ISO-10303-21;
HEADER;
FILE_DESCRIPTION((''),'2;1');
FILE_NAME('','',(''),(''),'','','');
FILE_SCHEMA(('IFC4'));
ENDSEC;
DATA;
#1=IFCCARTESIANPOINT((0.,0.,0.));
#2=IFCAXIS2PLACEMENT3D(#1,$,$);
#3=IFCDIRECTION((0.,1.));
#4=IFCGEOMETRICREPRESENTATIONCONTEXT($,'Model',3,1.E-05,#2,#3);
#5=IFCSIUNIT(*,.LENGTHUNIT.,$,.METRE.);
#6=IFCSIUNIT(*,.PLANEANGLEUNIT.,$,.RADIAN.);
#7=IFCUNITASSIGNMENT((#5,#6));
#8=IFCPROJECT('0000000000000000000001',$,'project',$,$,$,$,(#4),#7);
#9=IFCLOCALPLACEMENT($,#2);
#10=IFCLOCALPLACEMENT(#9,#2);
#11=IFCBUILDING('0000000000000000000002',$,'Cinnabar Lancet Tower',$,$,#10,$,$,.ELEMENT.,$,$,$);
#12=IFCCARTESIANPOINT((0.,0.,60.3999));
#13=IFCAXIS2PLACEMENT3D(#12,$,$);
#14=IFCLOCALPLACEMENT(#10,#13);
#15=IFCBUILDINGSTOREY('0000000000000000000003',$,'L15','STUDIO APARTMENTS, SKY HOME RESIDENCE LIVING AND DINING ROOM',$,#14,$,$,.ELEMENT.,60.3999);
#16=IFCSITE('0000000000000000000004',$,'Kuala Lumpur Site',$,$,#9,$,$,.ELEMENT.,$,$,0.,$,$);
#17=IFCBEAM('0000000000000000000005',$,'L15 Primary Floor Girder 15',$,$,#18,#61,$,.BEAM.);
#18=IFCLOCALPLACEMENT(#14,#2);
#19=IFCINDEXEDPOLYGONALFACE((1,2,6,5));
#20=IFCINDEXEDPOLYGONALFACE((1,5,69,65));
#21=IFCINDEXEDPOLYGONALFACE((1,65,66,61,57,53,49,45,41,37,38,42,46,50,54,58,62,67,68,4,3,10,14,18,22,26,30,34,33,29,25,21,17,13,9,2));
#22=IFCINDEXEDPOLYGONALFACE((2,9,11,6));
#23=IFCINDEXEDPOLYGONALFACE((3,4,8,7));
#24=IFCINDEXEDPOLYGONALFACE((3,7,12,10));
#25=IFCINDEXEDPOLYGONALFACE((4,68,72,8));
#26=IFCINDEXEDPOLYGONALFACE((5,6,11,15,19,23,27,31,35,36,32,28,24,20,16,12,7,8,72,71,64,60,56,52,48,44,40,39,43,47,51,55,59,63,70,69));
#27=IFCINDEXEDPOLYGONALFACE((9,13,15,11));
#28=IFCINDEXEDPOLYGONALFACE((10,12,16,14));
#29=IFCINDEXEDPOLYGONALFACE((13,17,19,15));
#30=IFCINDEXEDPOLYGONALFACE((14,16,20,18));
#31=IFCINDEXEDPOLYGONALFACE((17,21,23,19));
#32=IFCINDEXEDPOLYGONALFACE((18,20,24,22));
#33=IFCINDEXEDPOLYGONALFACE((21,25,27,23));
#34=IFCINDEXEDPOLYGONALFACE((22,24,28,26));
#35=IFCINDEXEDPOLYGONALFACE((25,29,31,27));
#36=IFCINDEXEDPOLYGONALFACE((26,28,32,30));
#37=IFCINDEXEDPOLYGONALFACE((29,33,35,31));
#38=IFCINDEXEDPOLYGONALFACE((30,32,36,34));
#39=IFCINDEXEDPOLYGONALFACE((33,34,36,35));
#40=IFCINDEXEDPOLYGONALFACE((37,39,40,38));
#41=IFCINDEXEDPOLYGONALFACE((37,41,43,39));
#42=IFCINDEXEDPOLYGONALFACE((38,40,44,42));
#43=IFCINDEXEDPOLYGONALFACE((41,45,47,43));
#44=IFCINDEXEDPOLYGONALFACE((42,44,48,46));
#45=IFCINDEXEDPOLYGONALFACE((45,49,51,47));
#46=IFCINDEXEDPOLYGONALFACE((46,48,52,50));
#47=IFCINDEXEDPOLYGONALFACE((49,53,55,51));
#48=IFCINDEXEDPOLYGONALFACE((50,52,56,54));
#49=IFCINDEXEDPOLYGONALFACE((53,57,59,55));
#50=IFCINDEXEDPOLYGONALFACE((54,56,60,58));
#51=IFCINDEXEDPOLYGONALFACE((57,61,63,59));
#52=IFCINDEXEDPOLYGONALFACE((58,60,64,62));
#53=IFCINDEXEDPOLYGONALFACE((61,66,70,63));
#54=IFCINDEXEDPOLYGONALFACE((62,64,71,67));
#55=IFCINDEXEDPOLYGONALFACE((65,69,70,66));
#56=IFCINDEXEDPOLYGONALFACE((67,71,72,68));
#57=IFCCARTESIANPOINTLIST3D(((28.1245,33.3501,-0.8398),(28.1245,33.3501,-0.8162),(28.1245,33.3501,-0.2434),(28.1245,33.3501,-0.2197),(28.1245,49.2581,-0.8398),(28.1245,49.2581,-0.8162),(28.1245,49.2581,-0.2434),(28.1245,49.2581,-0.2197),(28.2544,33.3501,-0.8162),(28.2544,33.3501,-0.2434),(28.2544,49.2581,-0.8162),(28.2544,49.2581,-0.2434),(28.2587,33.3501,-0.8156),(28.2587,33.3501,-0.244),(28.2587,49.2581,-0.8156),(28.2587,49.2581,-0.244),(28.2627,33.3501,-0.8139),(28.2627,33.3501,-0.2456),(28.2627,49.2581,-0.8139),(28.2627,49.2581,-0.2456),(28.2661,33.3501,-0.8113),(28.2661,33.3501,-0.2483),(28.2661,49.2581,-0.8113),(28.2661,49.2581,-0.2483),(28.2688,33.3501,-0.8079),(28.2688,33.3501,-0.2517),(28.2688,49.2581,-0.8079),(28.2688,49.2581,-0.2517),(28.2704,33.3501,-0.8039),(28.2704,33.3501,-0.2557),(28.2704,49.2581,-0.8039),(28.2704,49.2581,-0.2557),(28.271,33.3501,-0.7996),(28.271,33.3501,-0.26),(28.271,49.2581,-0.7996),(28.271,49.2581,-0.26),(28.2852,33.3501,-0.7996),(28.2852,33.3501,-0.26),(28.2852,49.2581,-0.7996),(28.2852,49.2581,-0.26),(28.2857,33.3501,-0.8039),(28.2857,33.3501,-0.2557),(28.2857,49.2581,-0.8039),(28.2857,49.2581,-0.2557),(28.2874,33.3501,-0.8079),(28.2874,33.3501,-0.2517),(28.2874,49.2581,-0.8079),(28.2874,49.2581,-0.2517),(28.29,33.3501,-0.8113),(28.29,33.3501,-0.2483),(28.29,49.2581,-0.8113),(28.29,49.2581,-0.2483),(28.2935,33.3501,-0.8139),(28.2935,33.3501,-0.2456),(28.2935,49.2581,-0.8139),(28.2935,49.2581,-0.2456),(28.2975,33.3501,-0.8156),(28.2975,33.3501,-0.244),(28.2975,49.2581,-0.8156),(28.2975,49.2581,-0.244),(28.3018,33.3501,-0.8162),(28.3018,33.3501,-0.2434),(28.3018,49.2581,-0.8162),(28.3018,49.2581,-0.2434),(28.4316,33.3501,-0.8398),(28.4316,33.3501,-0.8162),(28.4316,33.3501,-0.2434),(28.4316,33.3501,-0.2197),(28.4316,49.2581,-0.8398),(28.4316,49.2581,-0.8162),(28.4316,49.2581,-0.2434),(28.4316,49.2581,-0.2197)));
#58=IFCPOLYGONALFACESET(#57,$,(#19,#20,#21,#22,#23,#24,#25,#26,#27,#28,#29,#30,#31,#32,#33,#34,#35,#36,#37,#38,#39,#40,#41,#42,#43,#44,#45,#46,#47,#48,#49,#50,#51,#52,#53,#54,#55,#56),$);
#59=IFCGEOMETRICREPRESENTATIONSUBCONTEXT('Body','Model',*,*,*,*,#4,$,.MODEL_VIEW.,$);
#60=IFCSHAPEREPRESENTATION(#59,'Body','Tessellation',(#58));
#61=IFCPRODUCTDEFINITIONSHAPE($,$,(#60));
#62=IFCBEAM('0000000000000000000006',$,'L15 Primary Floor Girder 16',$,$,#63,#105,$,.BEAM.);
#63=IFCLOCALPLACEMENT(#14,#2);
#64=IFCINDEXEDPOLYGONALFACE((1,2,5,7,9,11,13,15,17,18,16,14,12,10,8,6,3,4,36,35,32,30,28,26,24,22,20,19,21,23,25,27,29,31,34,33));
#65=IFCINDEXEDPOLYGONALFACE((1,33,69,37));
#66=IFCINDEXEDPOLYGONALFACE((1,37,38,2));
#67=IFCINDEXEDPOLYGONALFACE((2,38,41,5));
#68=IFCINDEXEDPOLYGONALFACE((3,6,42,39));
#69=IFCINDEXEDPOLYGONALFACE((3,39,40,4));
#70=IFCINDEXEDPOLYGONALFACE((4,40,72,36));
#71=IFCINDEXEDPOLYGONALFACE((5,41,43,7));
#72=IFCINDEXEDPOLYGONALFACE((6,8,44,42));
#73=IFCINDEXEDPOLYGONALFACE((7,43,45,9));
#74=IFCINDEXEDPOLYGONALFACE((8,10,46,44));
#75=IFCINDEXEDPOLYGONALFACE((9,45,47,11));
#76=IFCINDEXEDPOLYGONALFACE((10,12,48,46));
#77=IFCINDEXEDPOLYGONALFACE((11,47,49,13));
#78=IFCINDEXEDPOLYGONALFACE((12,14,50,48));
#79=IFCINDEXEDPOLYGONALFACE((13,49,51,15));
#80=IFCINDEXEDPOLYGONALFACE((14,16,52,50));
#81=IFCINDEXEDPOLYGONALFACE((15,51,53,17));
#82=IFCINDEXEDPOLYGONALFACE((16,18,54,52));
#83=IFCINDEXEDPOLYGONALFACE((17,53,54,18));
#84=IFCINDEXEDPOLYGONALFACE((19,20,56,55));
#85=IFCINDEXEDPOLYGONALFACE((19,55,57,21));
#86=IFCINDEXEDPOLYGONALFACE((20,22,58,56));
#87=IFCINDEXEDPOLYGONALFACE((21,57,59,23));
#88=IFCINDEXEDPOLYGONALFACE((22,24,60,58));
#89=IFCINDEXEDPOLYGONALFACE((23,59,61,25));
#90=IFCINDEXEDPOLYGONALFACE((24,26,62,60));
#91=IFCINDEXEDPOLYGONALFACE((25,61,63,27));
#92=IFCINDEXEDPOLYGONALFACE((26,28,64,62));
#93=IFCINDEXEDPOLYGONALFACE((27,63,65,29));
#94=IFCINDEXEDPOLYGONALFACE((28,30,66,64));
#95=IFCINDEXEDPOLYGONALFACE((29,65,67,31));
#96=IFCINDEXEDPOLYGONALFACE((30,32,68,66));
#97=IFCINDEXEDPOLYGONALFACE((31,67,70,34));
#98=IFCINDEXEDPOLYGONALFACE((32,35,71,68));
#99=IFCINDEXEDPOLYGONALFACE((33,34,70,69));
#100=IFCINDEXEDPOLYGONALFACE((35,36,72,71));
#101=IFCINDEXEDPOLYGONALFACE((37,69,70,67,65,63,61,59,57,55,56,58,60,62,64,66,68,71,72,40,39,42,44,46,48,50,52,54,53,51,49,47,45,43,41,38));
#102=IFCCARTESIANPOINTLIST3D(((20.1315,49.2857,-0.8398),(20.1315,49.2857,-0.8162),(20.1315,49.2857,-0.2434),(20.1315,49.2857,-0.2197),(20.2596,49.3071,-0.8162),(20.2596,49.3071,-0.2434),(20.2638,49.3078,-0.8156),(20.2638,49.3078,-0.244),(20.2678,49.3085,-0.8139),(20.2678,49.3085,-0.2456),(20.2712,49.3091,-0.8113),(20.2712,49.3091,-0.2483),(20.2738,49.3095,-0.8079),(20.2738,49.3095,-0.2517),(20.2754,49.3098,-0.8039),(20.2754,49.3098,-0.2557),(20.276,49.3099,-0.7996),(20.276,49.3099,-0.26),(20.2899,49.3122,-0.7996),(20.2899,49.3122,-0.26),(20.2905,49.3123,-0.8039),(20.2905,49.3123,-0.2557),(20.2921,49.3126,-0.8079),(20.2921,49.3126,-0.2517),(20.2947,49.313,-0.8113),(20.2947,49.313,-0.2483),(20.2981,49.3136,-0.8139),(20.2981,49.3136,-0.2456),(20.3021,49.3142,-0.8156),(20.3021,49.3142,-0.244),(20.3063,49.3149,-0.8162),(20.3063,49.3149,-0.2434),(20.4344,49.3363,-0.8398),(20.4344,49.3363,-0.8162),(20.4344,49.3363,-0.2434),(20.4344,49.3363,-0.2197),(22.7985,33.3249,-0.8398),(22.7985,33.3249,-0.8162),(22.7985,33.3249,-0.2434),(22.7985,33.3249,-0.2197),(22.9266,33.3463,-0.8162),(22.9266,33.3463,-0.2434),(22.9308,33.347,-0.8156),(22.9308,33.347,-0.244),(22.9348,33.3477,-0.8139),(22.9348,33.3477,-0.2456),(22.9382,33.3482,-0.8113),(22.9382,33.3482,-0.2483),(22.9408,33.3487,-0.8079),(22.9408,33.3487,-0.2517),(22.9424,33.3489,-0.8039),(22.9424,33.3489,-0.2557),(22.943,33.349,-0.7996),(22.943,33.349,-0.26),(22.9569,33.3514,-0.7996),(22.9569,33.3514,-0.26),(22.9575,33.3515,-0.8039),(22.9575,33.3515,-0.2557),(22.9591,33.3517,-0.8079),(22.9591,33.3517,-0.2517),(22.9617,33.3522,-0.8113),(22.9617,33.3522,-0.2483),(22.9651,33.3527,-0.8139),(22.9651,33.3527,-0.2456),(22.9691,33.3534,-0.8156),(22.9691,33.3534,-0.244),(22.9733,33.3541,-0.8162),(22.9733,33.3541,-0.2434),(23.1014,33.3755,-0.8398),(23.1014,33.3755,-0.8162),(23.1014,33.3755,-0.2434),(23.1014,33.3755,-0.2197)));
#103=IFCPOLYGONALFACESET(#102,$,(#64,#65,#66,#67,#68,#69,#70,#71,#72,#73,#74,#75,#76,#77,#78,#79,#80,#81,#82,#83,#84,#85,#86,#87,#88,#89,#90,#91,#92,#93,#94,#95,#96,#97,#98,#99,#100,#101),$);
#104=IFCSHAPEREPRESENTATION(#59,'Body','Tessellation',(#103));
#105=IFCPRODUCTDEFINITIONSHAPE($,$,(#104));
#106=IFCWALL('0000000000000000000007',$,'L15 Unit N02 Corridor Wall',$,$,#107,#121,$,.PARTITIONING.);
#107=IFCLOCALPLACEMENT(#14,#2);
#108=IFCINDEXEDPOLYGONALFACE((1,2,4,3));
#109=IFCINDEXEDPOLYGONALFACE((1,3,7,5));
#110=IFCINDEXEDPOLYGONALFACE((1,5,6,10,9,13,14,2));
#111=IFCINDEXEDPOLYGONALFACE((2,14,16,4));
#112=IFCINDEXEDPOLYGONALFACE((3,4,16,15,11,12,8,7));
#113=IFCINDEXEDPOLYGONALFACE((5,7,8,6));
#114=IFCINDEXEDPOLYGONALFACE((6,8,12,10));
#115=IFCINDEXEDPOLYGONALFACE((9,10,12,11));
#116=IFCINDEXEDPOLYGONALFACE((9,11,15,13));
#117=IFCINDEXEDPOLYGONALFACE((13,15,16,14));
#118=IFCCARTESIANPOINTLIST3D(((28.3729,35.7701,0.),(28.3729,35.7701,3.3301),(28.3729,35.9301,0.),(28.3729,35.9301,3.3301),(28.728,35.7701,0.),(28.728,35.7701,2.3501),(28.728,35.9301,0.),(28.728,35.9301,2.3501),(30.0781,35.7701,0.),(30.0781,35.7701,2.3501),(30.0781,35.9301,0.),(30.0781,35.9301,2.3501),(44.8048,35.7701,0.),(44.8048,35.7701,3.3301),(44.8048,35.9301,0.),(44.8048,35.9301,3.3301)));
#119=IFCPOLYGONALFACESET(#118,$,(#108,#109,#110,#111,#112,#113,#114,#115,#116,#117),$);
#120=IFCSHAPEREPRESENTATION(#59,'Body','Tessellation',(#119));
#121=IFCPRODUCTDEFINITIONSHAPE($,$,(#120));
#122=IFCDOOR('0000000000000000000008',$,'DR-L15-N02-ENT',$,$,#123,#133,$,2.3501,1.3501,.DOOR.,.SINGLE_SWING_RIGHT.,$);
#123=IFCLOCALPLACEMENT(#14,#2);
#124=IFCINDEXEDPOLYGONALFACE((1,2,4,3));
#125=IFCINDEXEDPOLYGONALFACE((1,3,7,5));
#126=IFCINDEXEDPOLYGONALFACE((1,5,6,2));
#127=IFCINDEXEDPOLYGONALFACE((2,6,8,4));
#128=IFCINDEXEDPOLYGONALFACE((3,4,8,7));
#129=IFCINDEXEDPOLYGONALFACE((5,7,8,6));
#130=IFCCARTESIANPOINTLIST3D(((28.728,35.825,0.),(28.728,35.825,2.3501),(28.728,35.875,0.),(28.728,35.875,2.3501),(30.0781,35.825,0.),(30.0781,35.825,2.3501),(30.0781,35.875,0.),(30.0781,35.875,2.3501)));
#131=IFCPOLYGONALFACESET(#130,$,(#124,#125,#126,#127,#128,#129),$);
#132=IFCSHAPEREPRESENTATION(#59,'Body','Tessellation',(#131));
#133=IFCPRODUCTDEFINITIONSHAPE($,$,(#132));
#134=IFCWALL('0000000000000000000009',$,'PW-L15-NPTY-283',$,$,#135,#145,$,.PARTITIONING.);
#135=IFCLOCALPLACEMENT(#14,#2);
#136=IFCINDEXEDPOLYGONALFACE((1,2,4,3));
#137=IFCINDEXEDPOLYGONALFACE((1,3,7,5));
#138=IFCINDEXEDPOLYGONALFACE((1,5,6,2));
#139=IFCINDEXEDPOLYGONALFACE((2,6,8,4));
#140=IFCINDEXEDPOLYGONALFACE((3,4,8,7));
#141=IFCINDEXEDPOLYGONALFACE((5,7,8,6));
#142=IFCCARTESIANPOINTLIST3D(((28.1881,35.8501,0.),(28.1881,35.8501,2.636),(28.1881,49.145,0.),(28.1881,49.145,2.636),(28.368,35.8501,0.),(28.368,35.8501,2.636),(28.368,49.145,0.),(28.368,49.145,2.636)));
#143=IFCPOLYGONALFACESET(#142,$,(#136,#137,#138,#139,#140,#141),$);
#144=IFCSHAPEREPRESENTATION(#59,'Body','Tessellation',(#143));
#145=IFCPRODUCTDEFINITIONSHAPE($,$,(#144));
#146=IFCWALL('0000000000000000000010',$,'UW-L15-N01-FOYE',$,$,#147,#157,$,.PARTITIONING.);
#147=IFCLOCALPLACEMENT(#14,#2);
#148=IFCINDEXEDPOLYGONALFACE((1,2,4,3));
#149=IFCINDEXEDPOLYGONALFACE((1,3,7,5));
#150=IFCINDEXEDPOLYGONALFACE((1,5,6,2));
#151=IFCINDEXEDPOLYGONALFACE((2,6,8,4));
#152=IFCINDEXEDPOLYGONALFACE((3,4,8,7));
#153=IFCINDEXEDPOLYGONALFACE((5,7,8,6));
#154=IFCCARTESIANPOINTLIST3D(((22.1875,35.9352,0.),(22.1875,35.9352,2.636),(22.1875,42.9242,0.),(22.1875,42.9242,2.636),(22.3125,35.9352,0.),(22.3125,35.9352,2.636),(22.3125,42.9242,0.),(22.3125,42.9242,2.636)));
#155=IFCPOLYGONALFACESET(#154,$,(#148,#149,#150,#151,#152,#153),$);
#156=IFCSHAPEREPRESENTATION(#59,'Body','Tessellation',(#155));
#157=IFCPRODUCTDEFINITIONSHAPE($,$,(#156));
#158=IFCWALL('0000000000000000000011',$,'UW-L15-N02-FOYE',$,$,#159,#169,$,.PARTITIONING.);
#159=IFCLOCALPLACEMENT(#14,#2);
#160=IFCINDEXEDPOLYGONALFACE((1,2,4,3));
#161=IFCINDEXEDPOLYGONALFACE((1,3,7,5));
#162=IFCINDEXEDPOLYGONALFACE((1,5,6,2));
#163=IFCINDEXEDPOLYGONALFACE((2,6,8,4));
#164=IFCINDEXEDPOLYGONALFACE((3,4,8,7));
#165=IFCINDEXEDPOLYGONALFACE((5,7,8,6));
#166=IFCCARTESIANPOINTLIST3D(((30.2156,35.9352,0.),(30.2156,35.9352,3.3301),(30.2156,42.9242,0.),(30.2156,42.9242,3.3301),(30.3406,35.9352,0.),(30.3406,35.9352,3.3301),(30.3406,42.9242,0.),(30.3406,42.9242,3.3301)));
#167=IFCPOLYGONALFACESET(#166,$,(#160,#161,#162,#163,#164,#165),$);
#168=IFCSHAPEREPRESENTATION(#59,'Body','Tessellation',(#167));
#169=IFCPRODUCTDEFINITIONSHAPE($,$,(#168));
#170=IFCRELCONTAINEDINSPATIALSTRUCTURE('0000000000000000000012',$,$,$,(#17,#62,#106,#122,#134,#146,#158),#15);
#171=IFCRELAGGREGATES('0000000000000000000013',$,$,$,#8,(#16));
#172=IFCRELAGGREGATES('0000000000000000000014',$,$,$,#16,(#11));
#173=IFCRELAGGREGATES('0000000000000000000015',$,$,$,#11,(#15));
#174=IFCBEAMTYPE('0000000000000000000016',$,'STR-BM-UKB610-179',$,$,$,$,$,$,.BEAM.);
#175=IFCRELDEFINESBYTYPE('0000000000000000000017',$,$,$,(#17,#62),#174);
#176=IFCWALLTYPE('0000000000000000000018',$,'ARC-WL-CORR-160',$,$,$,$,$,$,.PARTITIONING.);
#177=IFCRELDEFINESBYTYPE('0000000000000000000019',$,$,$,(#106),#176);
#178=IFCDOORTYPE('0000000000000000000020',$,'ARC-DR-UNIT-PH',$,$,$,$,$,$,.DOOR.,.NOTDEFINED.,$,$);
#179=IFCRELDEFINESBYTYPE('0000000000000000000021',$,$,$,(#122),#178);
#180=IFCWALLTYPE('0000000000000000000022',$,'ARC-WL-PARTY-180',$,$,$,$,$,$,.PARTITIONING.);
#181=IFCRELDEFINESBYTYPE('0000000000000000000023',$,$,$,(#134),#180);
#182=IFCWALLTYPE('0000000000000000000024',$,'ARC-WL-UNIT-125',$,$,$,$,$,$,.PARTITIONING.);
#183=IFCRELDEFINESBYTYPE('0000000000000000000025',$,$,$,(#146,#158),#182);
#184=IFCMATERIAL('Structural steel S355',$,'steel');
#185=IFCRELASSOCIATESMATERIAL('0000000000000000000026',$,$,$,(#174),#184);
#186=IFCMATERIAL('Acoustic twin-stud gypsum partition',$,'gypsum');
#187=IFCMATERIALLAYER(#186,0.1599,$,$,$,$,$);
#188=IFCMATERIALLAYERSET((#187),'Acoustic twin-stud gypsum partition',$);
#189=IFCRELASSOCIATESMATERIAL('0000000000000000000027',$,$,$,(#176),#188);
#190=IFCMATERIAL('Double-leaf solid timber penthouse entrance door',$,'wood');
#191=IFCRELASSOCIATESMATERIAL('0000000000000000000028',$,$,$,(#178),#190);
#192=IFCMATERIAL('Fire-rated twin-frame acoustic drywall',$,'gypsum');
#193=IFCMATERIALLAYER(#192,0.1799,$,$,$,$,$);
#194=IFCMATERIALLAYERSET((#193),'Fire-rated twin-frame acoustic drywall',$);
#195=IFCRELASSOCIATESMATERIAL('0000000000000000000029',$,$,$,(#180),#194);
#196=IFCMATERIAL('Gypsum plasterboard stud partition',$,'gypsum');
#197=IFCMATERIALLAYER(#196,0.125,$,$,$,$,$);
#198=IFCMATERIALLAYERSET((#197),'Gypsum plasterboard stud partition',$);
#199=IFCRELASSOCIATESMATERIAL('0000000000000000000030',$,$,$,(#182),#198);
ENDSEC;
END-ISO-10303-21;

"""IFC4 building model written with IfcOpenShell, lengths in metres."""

from ifc_helpers import new_model, si_unit, direction, frame, frame_2d, origin, origin_2d, place, context, subcontext, project, spatial, rectangle, i_section, extrude, material, layer, layer_set, material_profile, profile_set, type_object, element, fill, save


model = new_model("IFC4")

# Units and contexts
model_context = context("Model", 3, precision=1e-05, world=origin(), true_north=direction((0.0, 1.0)))
body_context = subcontext(model_context, "Body", "Model", "MODEL_VIEW")
ifc_project = project(units=[si_unit("LENGTHUNIT", "METRE"), si_unit("PLANEANGLEUNIT", "RADIAN")], contexts=[model_context])

# Site, building, storey
site_placement = place(None, origin())
site = spatial("IfcSite", under=ifc_project, at=site_placement, Name="Kuala Lumpur Site", CompositionType="ELEMENT", RefElevation=0.0)
building_placement = place(site_placement, origin())
building = spatial("IfcBuilding", under=site, at=building_placement, Name="Cinnabar Lancet Tower", CompositionType="ELEMENT")
storey_placement = place(building_placement, frame((0.0, 0.0, 60.3999)))
storey = spatial("IfcBuildingStorey", under=building, at=storey_placement, Name="L15", Description="STUDIO APARTMENTS, SKY HOME RESIDENCE LIVING AND DINING ROOM", CompositionType="ELEMENT", Elevation=60.3999)

# Beams
ifc_material_1 = material(Name="Structural steel S355", Category="steel")
ifc_material_profile_1 = material_profile(ifc_material_1, i_section(OverallWidth=0.3071, OverallDepth=0.6201, WebThickness=0.0142, FlangeThickness=0.0237, FilletRadius=0.0166, at=origin_2d()), Name="UKB 610x305x179")
ifc_profile_set_1 = profile_set([ifc_material_profile_1], Name="Structural steel S355")
beam_type_1 = type_object("IfcBeamType", Name="STR-BM-UKB610-179", PredefinedType="BEAM", material=ifc_profile_set_1)
beam_1_placement = place(storey_placement, frame((28.2781, 49.2581, -0.5298), z_axis=(0.0, -1.0, 0.0), x_axis=(1.0, 0.0, 0.0)))
element("IfcBeam", 1, at=beam_1_placement, inside=storey, type_object=beam_type_1, Name="L15 Primary Floor Girder 15", PredefinedType="BEAM", context=body_context, shape_type="SweptSolid", body=[
    extrude(i_section(OverallWidth=0.3071, OverallDepth=0.6201, WebThickness=0.0142, FlangeThickness=0.0237, FilletRadius=0.0166, at=origin_2d()), origin(), (0.0, 0.0, 1.0), 15.908),
])
beam_2_placement = place(storey_placement, frame((20.283, 49.311, -0.5298), z_axis=(0.16481, -0.986325, 0.0), x_axis=(0.986325, 0.16481, 0.0)))
element("IfcBeam", 2, at=beam_2_placement, inside=storey, type_object=beam_type_1, Name="L15 Primary Floor Girder 16", PredefinedType="BEAM", context=body_context, shape_type="SweptSolid", body=[
    extrude(i_section(OverallWidth=0.3071, OverallDepth=0.6201, WebThickness=0.0142, FlangeThickness=0.0237, FilletRadius=0.0166, at=origin_2d()), origin(), (0.0, 0.0, 1.0), 16.1821),
])

# Wall, opening, door
ifc_material_2 = material(Name="Acoustic twin-stud gypsum partition", Category="gypsum")
ifc_layer_1 = layer(ifc_material_2, 0.1599)
ifc_layer_set_1 = layer_set([ifc_layer_1], Name="Acoustic twin-stud gypsum partition")
wall_type_1 = type_object("IfcWallType", Name="ARC-WL-CORR-160", PredefinedType="PARTITIONING", material=ifc_layer_set_1)
wall_1_placement = place(storey_placement, frame((28.373, 35.8501, 0.0), z_axis=(0.0, 0.0, 1.0), x_axis=(1.0, 0.0, 0.0)))
wall_1 = element("IfcWall", 3, at=wall_1_placement, inside=storey, type_object=wall_type_1, Name="L15 Unit N02 Corridor Wall", PredefinedType="PARTITIONING", context=body_context, shape_type="SweptSolid", body=[
    extrude(rectangle(XDim=16.4319, YDim=0.1599, at=frame_2d((8.2158, 0.0))), origin(), (0.0, 0.0, 1.0), 3.3301),
])
opening_1_placement = place(wall_1_placement, frame((0.355, 0.0, 0.0)))
opening_1 = element("IfcOpeningElement", 4, at=opening_1_placement, cuts=wall_1, PredefinedType="OPENING", context=body_context, shape_type="SweptSolid", body=[
    extrude(rectangle(XDim=1.3501, YDim=2.3501, at=frame_2d((0.675, 1.175))), frame((0.0, 0.0898, 0.0), z_axis=(0.0, -1.0, 0.0), x_axis=(1.0, 0.0, 0.0)), (0.0, 0.0, 1.0), 0.1799),
])
ifc_material_3 = material(Name="Double-leaf solid timber penthouse entrance door", Category="wood")
door_type_1 = type_object("IfcDoorType", Name="ARC-DR-UNIT-PH", OperationType="NOTDEFINED", PredefinedType="DOOR", material=ifc_material_3)
door_1_placement = place(opening_1_placement, origin())
door_1 = element("IfcDoor", 5, at=door_1_placement, inside=storey, type_object=door_type_1, Name="DR-L15-N02-ENT", OperationType="SINGLE_SWING_RIGHT", OverallHeight=2.3501, OverallWidth=1.3501, PredefinedType="DOOR", context=body_context, shape_type="SweptSolid", body=[
    extrude(rectangle(XDim=1.3501, YDim=2.3501, at=frame_2d((0.675, 1.175))), frame((0.0, 0.0249, 0.0), z_axis=(0.0, -1.0, 0.0), x_axis=(1.0, 0.0, 0.0)), (0.0, 0.0, 1.0), 0.05),
])
fill(opening_1, door_1)

# Walls
ifc_material_4 = material(Name="Fire-rated twin-frame acoustic drywall", Category="gypsum")
ifc_layer_2 = layer(ifc_material_4, 0.1799)
ifc_layer_set_2 = layer_set([ifc_layer_2], Name="Fire-rated twin-frame acoustic drywall")
wall_type_2 = type_object("IfcWallType", Name="ARC-WL-PARTY-180", PredefinedType="PARTITIONING", material=ifc_layer_set_2)
wall_2_placement = place(storey_placement, frame((28.2781, 35.8501, 0.0), z_axis=(0.0, 0.0, 1.0), x_axis=(0.0, 1.0, 0.0)))
element("IfcWall", 6, at=wall_2_placement, inside=storey, type_object=wall_type_2, Name="PW-L15-NPTY-283", PredefinedType="PARTITIONING", context=body_context, shape_type="SweptSolid", body=[
    extrude(rectangle(XDim=13.2949, YDim=0.1799, at=frame_2d((6.6475, 0.0))), origin(), (0.0, 0.0, 1.0), 2.636),
])
ifc_material_5 = material(Name="Gypsum plasterboard stud partition", Category="gypsum")
ifc_layer_3 = layer(ifc_material_5, 0.125)
ifc_layer_set_3 = layer_set([ifc_layer_3], Name="Gypsum plasterboard stud partition")
wall_type_3 = type_object("IfcWallType", Name="ARC-WL-UNIT-125", PredefinedType="PARTITIONING", material=ifc_layer_set_3)
wall_3_placement = place(storey_placement, frame((22.25, 35.9351, 0.0), z_axis=(0.0, 0.0, 1.0), x_axis=(0.0, 1.0, 0.0)))
element("IfcWall", 7, at=wall_3_placement, inside=storey, type_object=wall_type_3, Name="UW-L15-N01-FOYE", PredefinedType="PARTITIONING", context=body_context, shape_type="SweptSolid", body=[
    extrude(rectangle(XDim=6.989, YDim=0.125, at=frame_2d((3.4946, 0.0))), origin(), (0.0, 0.0, 1.0), 2.636),
])
wall_4_placement = place(storey_placement, frame((30.2781, 35.9351, 0.0), z_axis=(0.0, 0.0, 1.0), x_axis=(0.0, 1.0, 0.0)))
element("IfcWall", 8, at=wall_4_placement, inside=storey, type_object=wall_type_3, Name="UW-L15-N02-FOYE", PredefinedType="PARTITIONING", context=body_context, shape_type="SweptSolid", body=[
    extrude(rectangle(XDim=6.989, YDim=0.125, at=frame_2d((3.4946, 0.0))), origin(), (0.0, 0.0, 1.0), 3.3301),
])

save(model, "model.ifc")
